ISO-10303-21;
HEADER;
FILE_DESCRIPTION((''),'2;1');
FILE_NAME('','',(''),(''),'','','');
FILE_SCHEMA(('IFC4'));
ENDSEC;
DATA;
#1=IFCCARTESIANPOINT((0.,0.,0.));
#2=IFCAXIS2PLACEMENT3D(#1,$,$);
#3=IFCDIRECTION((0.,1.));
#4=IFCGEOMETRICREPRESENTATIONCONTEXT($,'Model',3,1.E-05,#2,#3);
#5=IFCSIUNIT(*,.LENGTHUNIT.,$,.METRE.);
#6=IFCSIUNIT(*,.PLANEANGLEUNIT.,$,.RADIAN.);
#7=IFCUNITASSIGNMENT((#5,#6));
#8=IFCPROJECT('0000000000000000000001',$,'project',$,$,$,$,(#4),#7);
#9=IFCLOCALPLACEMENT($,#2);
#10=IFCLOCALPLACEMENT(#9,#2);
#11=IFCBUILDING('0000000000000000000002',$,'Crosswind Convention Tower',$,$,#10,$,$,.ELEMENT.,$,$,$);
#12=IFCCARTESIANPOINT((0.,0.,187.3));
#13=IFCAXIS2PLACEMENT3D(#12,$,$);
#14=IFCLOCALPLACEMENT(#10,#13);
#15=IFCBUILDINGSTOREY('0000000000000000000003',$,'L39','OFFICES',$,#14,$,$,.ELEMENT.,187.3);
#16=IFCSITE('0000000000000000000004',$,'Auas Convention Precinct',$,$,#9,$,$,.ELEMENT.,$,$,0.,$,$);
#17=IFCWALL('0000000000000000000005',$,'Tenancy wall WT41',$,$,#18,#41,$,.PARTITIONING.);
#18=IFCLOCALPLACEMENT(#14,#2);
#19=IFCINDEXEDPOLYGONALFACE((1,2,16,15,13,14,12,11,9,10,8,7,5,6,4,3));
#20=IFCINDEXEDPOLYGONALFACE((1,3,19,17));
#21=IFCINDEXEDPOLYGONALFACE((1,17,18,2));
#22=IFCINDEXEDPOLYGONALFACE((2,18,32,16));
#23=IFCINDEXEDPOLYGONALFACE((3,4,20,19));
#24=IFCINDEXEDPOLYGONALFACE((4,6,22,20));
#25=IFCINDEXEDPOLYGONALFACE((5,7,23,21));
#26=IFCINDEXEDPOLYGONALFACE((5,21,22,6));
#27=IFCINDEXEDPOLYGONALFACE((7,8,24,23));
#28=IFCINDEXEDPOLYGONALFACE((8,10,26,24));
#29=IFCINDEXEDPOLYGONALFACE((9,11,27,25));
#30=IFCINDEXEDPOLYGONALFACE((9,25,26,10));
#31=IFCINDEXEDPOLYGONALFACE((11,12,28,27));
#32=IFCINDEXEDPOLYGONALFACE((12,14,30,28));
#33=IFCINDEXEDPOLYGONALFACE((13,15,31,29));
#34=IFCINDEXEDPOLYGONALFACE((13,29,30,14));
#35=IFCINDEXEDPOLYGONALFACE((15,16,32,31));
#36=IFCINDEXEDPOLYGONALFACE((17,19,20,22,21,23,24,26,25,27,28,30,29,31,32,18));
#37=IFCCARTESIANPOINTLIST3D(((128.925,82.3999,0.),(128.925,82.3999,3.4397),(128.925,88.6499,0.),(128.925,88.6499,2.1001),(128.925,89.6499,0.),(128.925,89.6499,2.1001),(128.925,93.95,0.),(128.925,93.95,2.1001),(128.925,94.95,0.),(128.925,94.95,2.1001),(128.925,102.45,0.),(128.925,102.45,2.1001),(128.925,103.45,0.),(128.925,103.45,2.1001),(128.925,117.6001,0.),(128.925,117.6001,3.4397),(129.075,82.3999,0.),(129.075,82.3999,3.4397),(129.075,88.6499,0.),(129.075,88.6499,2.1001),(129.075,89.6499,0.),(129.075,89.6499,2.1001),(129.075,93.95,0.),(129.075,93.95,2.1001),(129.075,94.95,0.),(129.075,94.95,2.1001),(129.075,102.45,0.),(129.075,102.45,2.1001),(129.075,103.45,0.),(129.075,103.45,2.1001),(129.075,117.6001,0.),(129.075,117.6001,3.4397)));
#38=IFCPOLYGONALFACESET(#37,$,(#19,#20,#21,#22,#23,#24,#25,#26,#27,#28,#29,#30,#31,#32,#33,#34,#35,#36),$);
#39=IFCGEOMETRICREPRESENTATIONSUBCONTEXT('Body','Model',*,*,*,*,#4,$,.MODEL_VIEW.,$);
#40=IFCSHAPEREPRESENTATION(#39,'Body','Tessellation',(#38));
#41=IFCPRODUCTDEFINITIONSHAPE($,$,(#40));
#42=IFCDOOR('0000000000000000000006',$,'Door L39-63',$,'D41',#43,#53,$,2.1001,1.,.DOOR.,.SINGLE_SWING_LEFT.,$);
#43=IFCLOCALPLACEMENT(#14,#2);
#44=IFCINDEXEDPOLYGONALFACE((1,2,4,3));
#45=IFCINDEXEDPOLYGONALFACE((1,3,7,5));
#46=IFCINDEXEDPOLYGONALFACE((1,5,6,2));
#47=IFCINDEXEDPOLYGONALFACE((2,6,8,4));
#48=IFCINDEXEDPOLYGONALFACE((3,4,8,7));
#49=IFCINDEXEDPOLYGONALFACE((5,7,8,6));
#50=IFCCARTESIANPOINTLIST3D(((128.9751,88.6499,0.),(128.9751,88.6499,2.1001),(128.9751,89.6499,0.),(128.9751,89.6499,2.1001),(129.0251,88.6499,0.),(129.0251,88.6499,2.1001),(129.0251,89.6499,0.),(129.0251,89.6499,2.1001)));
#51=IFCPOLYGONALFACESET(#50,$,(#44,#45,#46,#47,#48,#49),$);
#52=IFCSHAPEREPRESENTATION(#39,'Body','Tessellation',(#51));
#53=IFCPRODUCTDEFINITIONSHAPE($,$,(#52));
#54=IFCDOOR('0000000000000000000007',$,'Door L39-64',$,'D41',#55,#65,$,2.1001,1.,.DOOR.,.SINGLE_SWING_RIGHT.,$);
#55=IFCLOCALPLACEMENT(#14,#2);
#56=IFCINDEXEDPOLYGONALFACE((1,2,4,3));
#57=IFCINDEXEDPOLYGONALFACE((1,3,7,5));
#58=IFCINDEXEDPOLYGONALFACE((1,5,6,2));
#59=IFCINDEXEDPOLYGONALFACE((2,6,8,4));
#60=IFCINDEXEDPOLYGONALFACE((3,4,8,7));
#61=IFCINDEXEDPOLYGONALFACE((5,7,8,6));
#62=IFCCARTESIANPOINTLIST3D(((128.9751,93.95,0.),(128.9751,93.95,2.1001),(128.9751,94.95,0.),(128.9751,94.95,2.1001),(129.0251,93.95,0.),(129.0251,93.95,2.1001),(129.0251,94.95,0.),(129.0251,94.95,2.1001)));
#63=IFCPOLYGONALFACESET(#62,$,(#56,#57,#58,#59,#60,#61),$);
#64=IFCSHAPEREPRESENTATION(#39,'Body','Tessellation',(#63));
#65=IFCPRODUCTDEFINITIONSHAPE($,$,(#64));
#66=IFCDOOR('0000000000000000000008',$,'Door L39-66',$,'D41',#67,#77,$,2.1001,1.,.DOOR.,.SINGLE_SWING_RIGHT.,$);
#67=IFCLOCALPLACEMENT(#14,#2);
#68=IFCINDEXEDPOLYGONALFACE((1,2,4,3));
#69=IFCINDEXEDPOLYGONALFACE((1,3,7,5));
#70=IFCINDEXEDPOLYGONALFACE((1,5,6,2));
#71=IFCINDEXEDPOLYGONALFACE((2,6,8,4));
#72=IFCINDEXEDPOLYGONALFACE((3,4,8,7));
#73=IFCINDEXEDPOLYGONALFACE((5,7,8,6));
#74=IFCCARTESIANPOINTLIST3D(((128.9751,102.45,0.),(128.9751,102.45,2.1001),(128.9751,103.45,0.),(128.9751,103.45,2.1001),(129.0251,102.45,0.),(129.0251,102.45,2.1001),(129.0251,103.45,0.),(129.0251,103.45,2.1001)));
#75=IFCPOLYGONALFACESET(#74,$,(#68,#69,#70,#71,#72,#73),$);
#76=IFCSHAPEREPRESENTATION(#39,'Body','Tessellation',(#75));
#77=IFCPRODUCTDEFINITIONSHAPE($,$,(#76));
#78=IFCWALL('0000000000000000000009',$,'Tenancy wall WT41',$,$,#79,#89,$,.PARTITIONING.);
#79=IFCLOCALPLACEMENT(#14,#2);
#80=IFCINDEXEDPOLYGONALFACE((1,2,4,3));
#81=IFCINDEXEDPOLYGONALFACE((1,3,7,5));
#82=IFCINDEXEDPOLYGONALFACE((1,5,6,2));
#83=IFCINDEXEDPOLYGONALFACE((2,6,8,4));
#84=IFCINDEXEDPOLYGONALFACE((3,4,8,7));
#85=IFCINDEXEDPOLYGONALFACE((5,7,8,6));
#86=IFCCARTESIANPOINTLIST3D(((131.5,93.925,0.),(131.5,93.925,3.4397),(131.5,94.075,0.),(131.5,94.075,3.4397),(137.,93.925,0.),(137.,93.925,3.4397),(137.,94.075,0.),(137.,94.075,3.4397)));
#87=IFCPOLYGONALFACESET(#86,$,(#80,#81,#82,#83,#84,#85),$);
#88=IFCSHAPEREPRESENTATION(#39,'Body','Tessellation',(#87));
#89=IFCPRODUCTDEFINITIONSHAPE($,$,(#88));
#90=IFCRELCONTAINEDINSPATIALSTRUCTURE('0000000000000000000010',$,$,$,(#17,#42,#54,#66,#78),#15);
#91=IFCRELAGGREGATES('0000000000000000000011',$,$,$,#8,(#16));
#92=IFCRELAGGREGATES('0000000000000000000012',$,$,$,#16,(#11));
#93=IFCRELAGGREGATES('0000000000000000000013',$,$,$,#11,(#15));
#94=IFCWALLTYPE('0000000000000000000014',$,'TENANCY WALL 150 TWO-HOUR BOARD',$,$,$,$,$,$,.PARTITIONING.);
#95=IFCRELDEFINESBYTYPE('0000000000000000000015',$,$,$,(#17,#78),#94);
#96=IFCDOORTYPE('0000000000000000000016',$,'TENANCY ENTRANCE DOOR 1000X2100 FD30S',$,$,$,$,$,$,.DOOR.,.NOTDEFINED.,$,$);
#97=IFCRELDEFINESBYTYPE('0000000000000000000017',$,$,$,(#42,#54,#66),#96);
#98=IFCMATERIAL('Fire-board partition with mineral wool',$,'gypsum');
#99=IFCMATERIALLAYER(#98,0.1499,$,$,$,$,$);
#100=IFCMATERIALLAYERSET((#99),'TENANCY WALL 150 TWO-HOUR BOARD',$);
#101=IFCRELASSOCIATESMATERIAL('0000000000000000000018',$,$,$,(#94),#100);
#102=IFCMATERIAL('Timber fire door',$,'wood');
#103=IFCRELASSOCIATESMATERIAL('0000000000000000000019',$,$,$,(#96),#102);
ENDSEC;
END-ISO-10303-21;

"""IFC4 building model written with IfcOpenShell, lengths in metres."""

from ifc_helpers import new_model, si_unit, direction, frame, frame_2d, origin, place, context, subcontext, project, spatial, rectangle, extrude, material, layer, layer_set, type_object, element, fill, save


model = new_model("IFC4")

# Units and contexts
model_context = context("Model", 3, precision=1e-05, world=origin(), true_north=direction((0.0, 1.0)))
body_context = subcontext(model_context, "Body", "Model", "MODEL_VIEW")
ifc_project = project(units=[si_unit("LENGTHUNIT", "METRE"), si_unit("PLANEANGLEUNIT", "RADIAN")], contexts=[model_context])

# Site, building, storey
site_placement = place(None, origin())
site = spatial("IfcSite", under=ifc_project, at=site_placement, Name="Auas Convention Precinct", CompositionType="ELEMENT", RefElevation=0.0)
building_placement = place(site_placement, origin())
building = spatial("IfcBuilding", under=site, at=building_placement, Name="Crosswind Convention Tower", CompositionType="ELEMENT")
storey_placement = place(building_placement, frame((0.0, 0.0, 187.3)))
storey = spatial("IfcBuildingStorey", under=building, at=storey_placement, Name="L39", Description="OFFICES", CompositionType="ELEMENT", Elevation=187.3)

# Wall, openings, doors
ifc_material_1 = material(Name="Fire-board partition with mineral wool", Category="gypsum")
ifc_layer_1 = layer(ifc_material_1, 0.1499)
ifc_layer_set_1 = layer_set([ifc_layer_1], Name="TENANCY WALL 150 TWO-HOUR BOARD")
wall_type_1 = type_object("IfcWallType", Name="TENANCY WALL 150 TWO-HOUR BOARD", PredefinedType="PARTITIONING", material=ifc_layer_set_1)
wall_1_placement = place(storey_placement, frame((129.0, 82.3999, 0.0), z_axis=(0.0, 0.0, 1.0), x_axis=(0.0, 1.0, 0.0)))
wall_1 = element("IfcWall", 1, at=wall_1_placement, inside=storey, type_object=wall_type_1, Name="Tenancy wall WT41", PredefinedType="PARTITIONING", context=body_context, shape_type="SweptSolid", body=[
    extrude(rectangle(XDim=35.2002, YDim=0.1499, at=frame_2d((17.6001, 0.0))), origin(), (0.0, 0.0, 1.0), 3.4397),
])
opening_1_placement = place(wall_1_placement, frame((6.25, 0.0, 0.0)))
opening_1 = element("IfcOpeningElement", 2, at=opening_1_placement, cuts=wall_1, PredefinedType="OPENING", context=body_context, shape_type="SweptSolid", body=[
    extrude(rectangle(XDim=1.0, YDim=2.1001, at=frame_2d((0.5, 1.05))), frame((0.0, 0.085, 0.0), z_axis=(0.0, -1.0, 0.0), x_axis=(1.0, 0.0, 0.0)), (0.0, 0.0, 1.0), 0.1699),
])
opening_2_placement = place(wall_1_placement, frame((11.55, 0.0, 0.0)))
opening_2 = element("IfcOpeningElement", 3, at=opening_2_placement, cuts=wall_1, PredefinedType="OPENING", context=body_context, shape_type="SweptSolid", body=[
    extrude(rectangle(XDim=1.0, YDim=2.1001, at=frame_2d((0.5, 1.05))), frame((0.0, 0.085, 0.0), z_axis=(0.0, -1.0, 0.0), x_axis=(1.0, 0.0, 0.0)), (0.0, 0.0, 1.0), 0.1699),
])
opening_3_placement = place(wall_1_placement, frame((20.05, 0.0, 0.0)))
opening_3 = element("IfcOpeningElement", 4, at=opening_3_placement, cuts=wall_1, PredefinedType="OPENING", context=body_context, shape_type="SweptSolid", body=[
    extrude(rectangle(XDim=1.0, YDim=2.1001, at=frame_2d((0.5, 1.05))), frame((0.0, 0.085, 0.0), z_axis=(0.0, -1.0, 0.0), x_axis=(1.0, 0.0, 0.0)), (0.0, 0.0, 1.0), 0.1699),
])
ifc_material_2 = material(Name="Timber fire door", Category="wood")
door_type = type_object("IfcDoorType", Name="TENANCY ENTRANCE DOOR 1000X2100 FD30S", OperationType="NOTDEFINED", PredefinedType="DOOR", material=ifc_material_2)
door_1_placement = place(opening_1_placement, origin())
door_1 = element("IfcDoor", 5, at=door_1_placement, inside=storey, type_object=door_type, Name="Door L39-63", ObjectType="D41", OperationType="SINGLE_SWING_LEFT", OverallHeight=2.1001, OverallWidth=1.0, PredefinedType="DOOR", context=body_context, shape_type="SweptSolid", body=[
    extrude(rectangle(XDim=1.0, YDim=2.1001, at=frame_2d((0.5, 1.05))), frame((0.0, 0.0249, 0.0), z_axis=(0.0, -1.0, 0.0), x_axis=(1.0, 0.0, 0.0)), (0.0, 0.0, 1.0), 0.05),
])
fill(opening_1, door_1)
door_2_placement = place(opening_2_placement, origin())
door_2 = element("IfcDoor", 6, at=door_2_placement, inside=storey, type_object=door_type, Name="Door L39-64", ObjectType="D41", OperationType="SINGLE_SWING_RIGHT", OverallHeight=2.1001, OverallWidth=1.0, PredefinedType="DOOR", context=body_context, shape_type="SweptSolid", body=[
    extrude(rectangle(XDim=1.0, YDim=2.1001, at=frame_2d((0.5, 1.05))), frame((0.0, 0.0249, 0.0), z_axis=(0.0, -1.0, 0.0), x_axis=(1.0, 0.0, 0.0)), (0.0, 0.0, 1.0), 0.05),
])
fill(opening_2, door_2)
door_3_placement = place(opening_3_placement, origin())
door_3 = element("IfcDoor", 7, at=door_3_placement, inside=storey, type_object=door_type, Name="Door L39-66", ObjectType="D41", OperationType="SINGLE_SWING_RIGHT", OverallHeight=2.1001, OverallWidth=1.0, PredefinedType="DOOR", context=body_context, shape_type="SweptSolid", body=[
    extrude(rectangle(XDim=1.0, YDim=2.1001, at=frame_2d((0.5, 1.05))), frame((0.0, 0.0249, 0.0), z_axis=(0.0, -1.0, 0.0), x_axis=(1.0, 0.0, 0.0)), (0.0, 0.0, 1.0), 0.05),
])
fill(opening_3, door_3)

# Wall
wall_2_placement = place(storey_placement, frame((131.5, 94.0, 0.0), z_axis=(0.0, 0.0, 1.0), x_axis=(1.0, 0.0, 0.0)))
element("IfcWall", 8, at=wall_2_placement, inside=storey, type_object=wall_type_1, Name="Tenancy wall WT41", PredefinedType="PARTITIONING", context=body_context, shape_type="SweptSolid", body=[
    extrude(rectangle(XDim=5.5, YDim=0.1499, at=frame_2d((2.75, 0.0))), origin(), (0.0, 0.0, 1.0), 3.4397),
])

save(model, "model.ifc")
